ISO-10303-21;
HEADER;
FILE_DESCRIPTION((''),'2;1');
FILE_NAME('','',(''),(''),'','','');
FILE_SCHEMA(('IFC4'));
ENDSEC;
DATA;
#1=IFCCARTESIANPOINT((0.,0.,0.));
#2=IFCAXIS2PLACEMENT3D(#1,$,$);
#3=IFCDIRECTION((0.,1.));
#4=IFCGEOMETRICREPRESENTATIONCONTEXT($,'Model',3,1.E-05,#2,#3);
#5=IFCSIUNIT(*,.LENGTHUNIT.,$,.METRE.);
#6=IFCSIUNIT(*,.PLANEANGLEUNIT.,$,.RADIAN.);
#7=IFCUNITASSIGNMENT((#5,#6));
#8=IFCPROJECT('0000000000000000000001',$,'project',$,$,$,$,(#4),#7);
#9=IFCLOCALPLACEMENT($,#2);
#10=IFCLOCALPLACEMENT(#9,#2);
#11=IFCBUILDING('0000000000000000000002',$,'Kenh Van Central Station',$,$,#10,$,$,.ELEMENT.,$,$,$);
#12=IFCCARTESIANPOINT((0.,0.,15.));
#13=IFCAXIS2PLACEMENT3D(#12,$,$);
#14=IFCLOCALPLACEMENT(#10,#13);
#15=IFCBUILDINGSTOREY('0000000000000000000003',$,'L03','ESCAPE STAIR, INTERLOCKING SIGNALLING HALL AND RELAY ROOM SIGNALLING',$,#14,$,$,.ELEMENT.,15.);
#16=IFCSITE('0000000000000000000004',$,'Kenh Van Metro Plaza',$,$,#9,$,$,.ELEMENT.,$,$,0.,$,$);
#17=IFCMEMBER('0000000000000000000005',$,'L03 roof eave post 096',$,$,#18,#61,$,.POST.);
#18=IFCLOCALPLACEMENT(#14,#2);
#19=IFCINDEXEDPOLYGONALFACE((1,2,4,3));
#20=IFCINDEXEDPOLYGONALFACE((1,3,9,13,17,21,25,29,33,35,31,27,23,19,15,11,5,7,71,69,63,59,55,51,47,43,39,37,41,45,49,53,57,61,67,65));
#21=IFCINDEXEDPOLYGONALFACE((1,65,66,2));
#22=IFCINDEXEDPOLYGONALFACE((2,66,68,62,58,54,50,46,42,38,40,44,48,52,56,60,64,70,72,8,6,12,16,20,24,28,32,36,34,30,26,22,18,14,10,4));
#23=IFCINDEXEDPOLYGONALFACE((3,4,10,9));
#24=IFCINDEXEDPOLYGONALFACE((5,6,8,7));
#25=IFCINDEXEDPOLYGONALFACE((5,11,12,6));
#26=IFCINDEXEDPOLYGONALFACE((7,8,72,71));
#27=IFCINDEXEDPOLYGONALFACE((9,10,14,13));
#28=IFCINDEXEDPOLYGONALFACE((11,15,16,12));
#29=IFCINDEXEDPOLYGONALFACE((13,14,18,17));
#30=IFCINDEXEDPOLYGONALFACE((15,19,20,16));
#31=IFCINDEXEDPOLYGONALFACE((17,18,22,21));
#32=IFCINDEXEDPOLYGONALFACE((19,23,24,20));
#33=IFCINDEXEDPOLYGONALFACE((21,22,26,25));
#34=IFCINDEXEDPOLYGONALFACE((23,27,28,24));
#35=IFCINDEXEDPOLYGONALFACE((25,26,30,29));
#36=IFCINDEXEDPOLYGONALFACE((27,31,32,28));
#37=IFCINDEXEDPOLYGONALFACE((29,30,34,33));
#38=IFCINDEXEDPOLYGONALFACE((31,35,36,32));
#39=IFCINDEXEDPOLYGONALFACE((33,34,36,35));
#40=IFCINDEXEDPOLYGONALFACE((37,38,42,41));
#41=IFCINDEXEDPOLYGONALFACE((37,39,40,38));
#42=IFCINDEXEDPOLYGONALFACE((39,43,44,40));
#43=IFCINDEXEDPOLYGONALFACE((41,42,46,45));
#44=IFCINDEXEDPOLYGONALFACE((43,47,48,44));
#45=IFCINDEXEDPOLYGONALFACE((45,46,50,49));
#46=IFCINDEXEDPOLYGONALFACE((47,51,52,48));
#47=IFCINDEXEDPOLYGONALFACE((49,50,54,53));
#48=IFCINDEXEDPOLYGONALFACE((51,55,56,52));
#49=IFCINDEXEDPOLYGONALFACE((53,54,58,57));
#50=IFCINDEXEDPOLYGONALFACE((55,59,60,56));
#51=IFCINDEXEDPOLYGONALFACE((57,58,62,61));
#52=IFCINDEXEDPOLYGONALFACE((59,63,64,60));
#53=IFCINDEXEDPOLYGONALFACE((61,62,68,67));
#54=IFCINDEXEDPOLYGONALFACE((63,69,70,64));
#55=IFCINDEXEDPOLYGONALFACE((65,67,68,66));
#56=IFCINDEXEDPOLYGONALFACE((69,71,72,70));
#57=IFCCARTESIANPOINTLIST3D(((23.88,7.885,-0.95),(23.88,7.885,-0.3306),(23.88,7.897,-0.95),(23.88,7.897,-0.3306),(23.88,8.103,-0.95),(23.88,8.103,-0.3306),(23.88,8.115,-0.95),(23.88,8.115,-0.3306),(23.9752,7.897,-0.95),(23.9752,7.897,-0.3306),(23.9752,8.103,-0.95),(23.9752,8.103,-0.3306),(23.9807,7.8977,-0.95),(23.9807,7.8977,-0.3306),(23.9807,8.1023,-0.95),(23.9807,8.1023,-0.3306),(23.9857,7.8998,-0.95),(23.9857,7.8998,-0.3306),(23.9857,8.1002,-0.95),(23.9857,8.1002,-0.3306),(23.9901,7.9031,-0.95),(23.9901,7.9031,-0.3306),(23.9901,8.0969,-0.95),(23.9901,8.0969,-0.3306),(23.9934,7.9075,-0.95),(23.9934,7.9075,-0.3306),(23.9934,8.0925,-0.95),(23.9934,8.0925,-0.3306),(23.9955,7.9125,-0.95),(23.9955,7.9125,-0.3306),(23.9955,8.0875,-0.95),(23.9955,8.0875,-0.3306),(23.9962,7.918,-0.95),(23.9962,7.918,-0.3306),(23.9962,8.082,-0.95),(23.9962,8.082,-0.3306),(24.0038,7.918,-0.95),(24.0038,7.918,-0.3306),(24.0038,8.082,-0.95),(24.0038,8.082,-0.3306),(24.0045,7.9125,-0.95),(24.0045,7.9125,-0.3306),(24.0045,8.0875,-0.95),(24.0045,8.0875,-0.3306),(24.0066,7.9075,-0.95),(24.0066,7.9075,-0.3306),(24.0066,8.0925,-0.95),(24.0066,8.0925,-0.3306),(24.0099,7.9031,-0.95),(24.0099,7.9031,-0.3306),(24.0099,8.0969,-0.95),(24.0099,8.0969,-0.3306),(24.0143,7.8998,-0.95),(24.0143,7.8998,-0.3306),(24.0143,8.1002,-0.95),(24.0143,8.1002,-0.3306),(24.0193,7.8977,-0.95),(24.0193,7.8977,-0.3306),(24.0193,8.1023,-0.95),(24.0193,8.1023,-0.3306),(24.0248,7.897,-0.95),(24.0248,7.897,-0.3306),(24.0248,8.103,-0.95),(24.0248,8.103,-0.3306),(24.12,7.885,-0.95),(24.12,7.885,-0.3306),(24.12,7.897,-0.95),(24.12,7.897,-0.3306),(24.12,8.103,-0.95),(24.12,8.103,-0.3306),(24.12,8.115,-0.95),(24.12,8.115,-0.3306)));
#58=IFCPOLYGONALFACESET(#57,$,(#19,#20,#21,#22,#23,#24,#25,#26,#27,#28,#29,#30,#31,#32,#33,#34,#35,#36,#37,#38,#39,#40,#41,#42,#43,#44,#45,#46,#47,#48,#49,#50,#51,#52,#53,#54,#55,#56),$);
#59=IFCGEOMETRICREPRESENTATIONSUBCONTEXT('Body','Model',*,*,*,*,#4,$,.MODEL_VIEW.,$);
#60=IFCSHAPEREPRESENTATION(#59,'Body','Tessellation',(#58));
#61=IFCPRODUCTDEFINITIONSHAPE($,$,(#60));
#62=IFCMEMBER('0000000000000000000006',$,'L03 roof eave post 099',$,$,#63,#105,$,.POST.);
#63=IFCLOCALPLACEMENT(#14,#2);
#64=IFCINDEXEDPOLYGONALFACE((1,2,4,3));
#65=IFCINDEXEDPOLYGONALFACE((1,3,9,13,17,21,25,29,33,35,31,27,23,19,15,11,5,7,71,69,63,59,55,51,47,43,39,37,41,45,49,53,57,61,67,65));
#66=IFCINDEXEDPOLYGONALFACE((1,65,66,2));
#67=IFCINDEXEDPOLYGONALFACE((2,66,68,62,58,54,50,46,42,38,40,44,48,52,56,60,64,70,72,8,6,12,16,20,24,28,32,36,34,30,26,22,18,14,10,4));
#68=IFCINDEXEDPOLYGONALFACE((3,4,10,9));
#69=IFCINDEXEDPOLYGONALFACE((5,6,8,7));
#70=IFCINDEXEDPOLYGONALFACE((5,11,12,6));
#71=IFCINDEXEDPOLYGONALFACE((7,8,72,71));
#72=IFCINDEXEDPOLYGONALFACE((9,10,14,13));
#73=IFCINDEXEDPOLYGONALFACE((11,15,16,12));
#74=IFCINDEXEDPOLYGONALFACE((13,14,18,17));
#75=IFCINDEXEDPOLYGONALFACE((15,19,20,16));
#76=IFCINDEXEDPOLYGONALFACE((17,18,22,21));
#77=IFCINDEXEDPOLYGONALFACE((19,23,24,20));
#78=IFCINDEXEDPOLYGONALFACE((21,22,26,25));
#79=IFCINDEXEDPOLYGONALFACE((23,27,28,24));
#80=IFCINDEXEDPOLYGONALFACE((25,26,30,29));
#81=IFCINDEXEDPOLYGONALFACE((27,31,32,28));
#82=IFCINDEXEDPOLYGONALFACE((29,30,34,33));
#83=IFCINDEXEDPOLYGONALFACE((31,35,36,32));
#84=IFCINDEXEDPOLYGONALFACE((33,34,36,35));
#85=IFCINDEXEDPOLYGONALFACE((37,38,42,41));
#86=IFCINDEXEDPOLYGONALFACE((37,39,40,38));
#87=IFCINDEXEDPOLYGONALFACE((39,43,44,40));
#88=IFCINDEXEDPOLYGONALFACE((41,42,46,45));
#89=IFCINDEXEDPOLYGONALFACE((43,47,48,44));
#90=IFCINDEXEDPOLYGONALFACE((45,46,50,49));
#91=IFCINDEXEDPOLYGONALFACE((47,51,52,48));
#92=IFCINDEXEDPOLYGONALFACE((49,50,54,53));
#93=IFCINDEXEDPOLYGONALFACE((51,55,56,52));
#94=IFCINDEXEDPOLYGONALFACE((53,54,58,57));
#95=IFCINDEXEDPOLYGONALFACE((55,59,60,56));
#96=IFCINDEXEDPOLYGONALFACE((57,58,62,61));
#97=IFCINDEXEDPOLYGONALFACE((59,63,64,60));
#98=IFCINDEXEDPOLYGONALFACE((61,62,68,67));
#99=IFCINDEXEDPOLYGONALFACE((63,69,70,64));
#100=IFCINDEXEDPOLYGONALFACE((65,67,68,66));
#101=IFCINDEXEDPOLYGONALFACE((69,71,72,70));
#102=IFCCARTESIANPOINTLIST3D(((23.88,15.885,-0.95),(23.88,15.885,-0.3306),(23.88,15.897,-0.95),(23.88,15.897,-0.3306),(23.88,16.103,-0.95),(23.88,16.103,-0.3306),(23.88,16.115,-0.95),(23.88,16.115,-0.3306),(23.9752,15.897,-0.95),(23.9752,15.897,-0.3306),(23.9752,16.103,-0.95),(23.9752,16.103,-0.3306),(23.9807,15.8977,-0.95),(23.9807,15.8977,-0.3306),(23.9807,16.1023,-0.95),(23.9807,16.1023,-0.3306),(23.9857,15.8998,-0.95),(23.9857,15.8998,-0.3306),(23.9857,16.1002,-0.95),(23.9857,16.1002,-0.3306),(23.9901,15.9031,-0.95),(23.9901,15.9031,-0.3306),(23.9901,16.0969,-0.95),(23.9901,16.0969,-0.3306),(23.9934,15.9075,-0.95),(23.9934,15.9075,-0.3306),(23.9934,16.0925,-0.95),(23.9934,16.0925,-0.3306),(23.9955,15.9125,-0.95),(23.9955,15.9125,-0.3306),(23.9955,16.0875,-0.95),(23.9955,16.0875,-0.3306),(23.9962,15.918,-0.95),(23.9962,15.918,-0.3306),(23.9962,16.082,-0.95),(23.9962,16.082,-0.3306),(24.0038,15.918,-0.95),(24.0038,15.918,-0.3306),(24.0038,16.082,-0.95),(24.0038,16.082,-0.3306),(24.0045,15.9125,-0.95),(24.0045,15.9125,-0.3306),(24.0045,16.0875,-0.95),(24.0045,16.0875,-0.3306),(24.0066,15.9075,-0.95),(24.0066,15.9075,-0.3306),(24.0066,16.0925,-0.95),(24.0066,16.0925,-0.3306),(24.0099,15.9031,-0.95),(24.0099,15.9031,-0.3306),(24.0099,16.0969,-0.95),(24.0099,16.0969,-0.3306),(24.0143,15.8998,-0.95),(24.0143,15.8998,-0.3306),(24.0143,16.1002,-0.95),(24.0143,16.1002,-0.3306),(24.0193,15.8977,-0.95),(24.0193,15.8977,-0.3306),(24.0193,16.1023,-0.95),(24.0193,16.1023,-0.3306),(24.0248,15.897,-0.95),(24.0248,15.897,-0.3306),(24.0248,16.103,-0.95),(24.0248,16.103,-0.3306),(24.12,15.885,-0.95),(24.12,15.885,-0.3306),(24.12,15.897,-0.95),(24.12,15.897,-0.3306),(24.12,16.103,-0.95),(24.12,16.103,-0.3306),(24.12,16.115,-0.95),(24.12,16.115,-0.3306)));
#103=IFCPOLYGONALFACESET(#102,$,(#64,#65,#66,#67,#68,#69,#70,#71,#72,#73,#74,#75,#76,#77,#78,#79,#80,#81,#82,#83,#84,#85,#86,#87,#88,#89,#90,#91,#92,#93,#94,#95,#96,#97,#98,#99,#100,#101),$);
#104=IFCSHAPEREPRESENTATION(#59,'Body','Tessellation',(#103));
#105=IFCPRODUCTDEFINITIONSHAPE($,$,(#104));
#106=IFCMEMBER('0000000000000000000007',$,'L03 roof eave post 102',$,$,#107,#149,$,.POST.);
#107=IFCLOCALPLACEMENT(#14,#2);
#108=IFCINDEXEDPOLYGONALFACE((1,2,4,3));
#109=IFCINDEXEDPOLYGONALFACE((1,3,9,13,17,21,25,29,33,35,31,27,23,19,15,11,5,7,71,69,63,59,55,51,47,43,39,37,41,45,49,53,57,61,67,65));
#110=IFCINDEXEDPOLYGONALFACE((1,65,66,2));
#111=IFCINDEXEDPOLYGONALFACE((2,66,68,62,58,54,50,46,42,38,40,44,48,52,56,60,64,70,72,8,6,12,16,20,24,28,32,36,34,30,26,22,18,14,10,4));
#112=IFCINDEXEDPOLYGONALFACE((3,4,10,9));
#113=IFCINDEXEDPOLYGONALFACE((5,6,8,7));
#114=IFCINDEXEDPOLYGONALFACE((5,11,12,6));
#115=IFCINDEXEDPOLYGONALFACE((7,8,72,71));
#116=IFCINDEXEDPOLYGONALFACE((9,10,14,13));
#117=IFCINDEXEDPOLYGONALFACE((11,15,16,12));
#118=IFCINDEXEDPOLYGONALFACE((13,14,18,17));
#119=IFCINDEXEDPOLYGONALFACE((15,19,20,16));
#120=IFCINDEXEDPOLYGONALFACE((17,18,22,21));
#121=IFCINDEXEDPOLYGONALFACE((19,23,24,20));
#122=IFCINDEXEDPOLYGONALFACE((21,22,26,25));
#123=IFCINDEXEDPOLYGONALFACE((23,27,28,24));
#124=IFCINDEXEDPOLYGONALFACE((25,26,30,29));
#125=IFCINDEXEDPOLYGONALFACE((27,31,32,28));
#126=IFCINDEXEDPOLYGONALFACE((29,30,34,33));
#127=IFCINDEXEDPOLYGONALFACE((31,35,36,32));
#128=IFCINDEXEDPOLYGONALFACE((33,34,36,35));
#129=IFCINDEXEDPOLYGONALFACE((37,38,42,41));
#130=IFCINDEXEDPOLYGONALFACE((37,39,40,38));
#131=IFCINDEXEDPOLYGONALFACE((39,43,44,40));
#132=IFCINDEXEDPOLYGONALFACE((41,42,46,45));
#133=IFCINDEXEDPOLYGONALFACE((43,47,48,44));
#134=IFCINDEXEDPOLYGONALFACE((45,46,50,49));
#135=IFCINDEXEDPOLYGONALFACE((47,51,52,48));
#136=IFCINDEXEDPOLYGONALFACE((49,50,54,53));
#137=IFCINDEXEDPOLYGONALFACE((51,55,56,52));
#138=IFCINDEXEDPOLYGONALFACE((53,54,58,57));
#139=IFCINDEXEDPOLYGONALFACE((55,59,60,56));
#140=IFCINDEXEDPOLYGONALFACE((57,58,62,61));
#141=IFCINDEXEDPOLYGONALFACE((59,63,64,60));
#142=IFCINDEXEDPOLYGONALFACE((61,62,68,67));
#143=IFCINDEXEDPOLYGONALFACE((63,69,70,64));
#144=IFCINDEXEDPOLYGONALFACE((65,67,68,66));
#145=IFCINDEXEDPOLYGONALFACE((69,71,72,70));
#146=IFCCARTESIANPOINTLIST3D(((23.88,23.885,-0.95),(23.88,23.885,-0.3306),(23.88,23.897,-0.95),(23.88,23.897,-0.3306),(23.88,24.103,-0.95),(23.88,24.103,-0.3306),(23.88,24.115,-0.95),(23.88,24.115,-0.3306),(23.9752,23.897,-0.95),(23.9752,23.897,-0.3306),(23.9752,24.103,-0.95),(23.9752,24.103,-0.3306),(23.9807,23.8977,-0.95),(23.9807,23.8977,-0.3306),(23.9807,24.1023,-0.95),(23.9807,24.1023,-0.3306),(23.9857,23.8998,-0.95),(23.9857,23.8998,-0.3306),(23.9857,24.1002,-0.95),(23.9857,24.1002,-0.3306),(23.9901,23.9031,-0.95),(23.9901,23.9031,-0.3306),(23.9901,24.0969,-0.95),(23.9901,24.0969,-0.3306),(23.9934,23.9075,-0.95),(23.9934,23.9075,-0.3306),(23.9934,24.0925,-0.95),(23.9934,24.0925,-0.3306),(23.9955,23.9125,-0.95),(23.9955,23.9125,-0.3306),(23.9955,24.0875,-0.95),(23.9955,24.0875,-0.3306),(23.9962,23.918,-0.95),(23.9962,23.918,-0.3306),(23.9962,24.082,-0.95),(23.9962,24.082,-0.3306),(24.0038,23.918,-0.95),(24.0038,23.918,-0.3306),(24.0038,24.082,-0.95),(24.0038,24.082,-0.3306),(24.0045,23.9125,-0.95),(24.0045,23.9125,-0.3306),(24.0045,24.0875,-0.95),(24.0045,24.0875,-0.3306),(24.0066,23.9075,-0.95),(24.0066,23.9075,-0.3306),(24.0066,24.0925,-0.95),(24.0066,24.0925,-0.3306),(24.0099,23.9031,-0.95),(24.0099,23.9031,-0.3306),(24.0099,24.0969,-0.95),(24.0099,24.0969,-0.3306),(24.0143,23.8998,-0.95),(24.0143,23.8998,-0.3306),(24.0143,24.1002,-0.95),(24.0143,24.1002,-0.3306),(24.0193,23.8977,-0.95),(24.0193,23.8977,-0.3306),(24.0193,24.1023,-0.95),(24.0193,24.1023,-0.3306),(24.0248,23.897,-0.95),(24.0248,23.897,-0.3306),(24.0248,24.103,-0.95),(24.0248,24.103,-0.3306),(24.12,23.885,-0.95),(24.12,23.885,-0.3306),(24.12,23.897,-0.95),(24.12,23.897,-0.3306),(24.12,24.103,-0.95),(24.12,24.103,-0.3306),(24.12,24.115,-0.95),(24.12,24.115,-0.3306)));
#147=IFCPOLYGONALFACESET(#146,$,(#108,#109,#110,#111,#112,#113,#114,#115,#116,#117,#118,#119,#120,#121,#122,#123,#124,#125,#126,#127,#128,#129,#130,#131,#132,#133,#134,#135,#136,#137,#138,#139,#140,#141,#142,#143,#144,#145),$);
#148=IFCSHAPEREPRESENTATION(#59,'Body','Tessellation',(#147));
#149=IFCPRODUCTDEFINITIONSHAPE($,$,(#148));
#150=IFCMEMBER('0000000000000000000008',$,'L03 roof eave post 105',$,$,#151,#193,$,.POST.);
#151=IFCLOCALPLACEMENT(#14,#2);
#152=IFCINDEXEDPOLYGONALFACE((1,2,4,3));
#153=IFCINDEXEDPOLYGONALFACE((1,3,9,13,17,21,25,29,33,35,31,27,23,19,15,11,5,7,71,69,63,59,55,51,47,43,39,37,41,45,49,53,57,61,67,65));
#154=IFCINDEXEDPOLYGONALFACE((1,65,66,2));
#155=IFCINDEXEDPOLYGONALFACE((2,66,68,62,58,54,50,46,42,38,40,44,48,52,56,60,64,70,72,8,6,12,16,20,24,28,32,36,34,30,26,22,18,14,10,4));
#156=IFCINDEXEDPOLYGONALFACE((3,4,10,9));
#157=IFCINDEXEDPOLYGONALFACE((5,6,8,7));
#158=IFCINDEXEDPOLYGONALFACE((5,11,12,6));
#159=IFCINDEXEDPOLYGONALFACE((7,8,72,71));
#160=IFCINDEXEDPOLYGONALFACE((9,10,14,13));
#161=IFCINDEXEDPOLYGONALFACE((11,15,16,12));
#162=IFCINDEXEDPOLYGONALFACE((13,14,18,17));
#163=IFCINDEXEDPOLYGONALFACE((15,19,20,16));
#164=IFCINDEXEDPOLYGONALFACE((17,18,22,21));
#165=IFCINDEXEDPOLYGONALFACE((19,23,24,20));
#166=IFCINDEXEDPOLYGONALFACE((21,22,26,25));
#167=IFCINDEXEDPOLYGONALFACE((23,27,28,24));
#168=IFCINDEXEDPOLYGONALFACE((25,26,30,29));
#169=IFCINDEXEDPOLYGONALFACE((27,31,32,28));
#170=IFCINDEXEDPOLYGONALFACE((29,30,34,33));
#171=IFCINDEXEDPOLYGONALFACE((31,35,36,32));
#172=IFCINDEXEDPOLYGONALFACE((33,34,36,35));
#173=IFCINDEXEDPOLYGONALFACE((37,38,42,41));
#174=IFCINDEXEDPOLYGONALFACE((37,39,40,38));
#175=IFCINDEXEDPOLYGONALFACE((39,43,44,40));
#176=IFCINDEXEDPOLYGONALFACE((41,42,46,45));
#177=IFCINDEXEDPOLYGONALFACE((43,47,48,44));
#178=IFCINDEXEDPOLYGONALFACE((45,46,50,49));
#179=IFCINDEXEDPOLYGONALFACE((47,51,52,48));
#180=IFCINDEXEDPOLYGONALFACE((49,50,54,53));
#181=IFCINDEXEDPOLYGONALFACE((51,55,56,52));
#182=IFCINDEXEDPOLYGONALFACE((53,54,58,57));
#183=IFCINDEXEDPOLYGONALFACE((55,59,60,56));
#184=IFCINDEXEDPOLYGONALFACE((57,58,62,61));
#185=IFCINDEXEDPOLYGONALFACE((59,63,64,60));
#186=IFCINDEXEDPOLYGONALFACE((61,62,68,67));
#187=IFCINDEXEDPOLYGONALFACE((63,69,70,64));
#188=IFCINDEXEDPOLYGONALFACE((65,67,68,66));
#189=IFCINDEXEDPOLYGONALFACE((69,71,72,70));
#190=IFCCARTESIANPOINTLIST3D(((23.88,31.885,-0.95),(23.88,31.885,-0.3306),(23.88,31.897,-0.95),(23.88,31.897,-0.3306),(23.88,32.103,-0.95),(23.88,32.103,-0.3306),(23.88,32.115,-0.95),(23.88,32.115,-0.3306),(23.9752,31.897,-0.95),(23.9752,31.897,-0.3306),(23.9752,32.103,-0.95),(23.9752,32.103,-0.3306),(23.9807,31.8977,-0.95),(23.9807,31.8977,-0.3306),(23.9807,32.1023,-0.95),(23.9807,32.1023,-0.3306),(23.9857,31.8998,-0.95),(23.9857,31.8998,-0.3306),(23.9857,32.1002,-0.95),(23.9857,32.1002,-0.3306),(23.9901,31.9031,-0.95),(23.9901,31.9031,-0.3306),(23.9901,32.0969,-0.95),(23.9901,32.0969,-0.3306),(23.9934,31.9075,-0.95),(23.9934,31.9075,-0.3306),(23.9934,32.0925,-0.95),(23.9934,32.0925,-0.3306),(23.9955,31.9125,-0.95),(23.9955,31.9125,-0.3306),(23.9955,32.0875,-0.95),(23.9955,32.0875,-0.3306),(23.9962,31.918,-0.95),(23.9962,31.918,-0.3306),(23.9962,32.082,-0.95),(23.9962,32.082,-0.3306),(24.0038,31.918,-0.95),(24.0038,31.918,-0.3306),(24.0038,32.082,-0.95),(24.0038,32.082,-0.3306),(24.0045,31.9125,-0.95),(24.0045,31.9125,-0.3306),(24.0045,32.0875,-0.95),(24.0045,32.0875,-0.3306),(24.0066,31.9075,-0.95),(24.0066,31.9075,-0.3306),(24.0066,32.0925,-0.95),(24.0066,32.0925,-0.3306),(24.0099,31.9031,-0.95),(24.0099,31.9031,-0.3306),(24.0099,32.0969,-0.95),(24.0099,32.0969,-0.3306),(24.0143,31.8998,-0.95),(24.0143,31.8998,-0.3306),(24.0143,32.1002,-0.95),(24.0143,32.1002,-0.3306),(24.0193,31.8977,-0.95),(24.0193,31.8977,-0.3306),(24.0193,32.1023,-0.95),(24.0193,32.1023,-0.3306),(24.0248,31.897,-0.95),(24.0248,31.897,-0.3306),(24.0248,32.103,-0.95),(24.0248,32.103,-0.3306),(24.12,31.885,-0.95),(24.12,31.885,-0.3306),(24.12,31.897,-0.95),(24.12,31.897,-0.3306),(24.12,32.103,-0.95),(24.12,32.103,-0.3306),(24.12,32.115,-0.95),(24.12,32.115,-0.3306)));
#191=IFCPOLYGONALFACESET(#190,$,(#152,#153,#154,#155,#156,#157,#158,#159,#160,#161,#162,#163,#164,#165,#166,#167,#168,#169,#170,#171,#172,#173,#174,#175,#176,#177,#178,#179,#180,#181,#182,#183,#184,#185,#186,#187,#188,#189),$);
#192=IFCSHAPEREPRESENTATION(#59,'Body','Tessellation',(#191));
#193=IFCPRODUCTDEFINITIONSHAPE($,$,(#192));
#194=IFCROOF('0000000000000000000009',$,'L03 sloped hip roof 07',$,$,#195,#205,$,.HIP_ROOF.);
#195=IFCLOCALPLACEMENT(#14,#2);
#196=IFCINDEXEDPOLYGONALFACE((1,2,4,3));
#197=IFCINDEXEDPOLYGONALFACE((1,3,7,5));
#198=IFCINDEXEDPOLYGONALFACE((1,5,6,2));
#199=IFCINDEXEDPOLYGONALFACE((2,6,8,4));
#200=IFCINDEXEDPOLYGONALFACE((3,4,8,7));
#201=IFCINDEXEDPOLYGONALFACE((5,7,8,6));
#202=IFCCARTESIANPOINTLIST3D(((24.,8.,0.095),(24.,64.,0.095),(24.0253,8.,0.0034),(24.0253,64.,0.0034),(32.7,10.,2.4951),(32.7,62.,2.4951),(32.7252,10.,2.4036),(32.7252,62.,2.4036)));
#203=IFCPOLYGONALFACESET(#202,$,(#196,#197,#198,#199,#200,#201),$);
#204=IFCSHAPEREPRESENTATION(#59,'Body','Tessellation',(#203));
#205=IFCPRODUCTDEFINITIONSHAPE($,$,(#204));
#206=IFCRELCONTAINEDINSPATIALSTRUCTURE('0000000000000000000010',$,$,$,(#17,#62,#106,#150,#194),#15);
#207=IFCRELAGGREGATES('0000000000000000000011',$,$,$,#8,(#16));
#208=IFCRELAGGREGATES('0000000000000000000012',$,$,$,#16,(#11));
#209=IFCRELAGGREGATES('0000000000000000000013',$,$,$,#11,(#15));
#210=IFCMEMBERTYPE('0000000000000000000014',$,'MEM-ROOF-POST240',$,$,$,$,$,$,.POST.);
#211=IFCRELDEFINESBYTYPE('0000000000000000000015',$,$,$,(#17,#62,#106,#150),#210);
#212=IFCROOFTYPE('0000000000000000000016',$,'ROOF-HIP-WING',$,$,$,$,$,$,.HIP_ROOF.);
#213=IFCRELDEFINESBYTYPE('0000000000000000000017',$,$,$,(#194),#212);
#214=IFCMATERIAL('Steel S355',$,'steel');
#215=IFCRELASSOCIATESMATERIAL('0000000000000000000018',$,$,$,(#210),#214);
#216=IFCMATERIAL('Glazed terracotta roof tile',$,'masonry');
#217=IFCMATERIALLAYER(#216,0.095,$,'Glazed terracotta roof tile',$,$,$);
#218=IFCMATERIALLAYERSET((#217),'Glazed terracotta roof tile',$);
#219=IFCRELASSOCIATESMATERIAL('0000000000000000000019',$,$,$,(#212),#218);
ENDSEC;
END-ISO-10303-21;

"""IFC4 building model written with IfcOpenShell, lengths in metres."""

from ifc_helpers import new_model, si_unit, direction, frame, origin, origin_2d, place, context, subcontext, project, spatial, polyline, i_section, outline, extrude, material, layer, layer_set, material_profile, profile_set, type_object, element, save


model = new_model("IFC4")

# Units and contexts
model_context = context("Model", 3, precision=1e-05, world=origin(), true_north=direction((0.0, 1.0)))
body_context = subcontext(model_context, "Body", "Model", "MODEL_VIEW")
ifc_project = project(units=[si_unit("LENGTHUNIT", "METRE"), si_unit("PLANEANGLEUNIT", "RADIAN")], contexts=[model_context])

# Site, building, storey
site_placement = place(None, origin())
site = spatial("IfcSite", under=ifc_project, at=site_placement, Name="Kenh Van Metro Plaza", CompositionType="ELEMENT", RefElevation=0.0)
building_placement = place(site_placement, origin())
building = spatial("IfcBuilding", under=site, at=building_placement, Name="Kenh Van Central Station", CompositionType="ELEMENT")
storey_placement = place(building_placement, frame((0.0, 0.0, 15.0)))
storey = spatial("IfcBuildingStorey", under=building, at=storey_placement, Name="L03", Description="ESCAPE STAIR, INTERLOCKING SIGNALLING HALL AND RELAY ROOM SIGNALLING", CompositionType="ELEMENT", Elevation=15.0)

# Shared definitions
ifc_material_1 = material(Name="Steel S355", Category="steel")

# Members
ifc_material_profile_1 = material_profile(ifc_material_1, i_section(OverallWidth=0.24, OverallDepth=0.23, WebThickness=0.0076, FlangeThickness=0.012, FilletRadius=0.021, at=origin_2d()), Name="HEA 240")
ifc_profile_set_1 = profile_set([ifc_material_profile_1], Name="Steel S355")
member_type_1 = type_object("IfcMemberType", Name="MEM-ROOF-POST240", PredefinedType="POST", material=ifc_profile_set_1)
for number, where, z_axis, x_axis, name in (
    (1, (24.0, 8.0, -0.95), (0.0, 0.0, 1.0), (1.0, 0.0, 0.0), "L03 roof eave post 096"),
    (2, (24.0, 16.0, -0.95), (0.0, 0.0, 1.0), (1.0, 0.0, 0.0), "L03 roof eave post 099"),
    (3, (24.0, 24.0, -0.95), (0.0, 0.0, 1.0), (1.0, 0.0, 0.0), "L03 roof eave post 102"),
    (4, (24.0, 32.0, -0.95), (0.0, 0.0, 1.0), (1.0, 0.0, 0.0), "L03 roof eave post 105"),
):
    element("IfcMember", number, at=place(storey_placement, frame(where, z_axis=z_axis, x_axis=x_axis)), inside=storey, type_object=member_type_1, Name=name, PredefinedType="POST", context=body_context, shape_type="SweptSolid", body=[
        extrude(i_section(OverallWidth=0.24, OverallDepth=0.23, WebThickness=0.0076, FlangeThickness=0.012, FilletRadius=0.021, at=origin_2d()), origin(), (0.0, 0.0, 1.0), 0.6194),
    ])

# Roof
ifc_material_2 = material(Name="Glazed terracotta roof tile", Category="masonry")
ifc_layer_1 = layer(ifc_material_2, 0.095, Name="Glazed terracotta roof tile")
ifc_layer_set_1 = layer_set([ifc_layer_1], Name="Glazed terracotta roof tile")
roof_type = type_object("IfcRoofType", Name="ROOF-HIP-WING", PredefinedType="HIP_ROOF", material=ifc_layer_set_1)
roof_placement = place(storey_placement, frame((24.0, 8.0, 0.095), z_axis=(-0.265945, 0.0, 0.963988), x_axis=(0.941155, 0.216359, 0.259646)))
element("IfcRoof", 5, at=roof_placement, inside=storey, type_object=roof_type, Name="L03 sloped hip roof 07", PredefinedType="HIP_ROOF", context=body_context, shape_type="SweptSolid", body=[
    extrude(outline(polyline([(0.0, 0.0), (9.2439, 0.0), (20.4946, 50.7683), (12.1161, 54.6736), (0.0, 0.0)])), origin(), (0.0, 0.0, -1.0), 0.095),
])

save(model, "model.ifc")
